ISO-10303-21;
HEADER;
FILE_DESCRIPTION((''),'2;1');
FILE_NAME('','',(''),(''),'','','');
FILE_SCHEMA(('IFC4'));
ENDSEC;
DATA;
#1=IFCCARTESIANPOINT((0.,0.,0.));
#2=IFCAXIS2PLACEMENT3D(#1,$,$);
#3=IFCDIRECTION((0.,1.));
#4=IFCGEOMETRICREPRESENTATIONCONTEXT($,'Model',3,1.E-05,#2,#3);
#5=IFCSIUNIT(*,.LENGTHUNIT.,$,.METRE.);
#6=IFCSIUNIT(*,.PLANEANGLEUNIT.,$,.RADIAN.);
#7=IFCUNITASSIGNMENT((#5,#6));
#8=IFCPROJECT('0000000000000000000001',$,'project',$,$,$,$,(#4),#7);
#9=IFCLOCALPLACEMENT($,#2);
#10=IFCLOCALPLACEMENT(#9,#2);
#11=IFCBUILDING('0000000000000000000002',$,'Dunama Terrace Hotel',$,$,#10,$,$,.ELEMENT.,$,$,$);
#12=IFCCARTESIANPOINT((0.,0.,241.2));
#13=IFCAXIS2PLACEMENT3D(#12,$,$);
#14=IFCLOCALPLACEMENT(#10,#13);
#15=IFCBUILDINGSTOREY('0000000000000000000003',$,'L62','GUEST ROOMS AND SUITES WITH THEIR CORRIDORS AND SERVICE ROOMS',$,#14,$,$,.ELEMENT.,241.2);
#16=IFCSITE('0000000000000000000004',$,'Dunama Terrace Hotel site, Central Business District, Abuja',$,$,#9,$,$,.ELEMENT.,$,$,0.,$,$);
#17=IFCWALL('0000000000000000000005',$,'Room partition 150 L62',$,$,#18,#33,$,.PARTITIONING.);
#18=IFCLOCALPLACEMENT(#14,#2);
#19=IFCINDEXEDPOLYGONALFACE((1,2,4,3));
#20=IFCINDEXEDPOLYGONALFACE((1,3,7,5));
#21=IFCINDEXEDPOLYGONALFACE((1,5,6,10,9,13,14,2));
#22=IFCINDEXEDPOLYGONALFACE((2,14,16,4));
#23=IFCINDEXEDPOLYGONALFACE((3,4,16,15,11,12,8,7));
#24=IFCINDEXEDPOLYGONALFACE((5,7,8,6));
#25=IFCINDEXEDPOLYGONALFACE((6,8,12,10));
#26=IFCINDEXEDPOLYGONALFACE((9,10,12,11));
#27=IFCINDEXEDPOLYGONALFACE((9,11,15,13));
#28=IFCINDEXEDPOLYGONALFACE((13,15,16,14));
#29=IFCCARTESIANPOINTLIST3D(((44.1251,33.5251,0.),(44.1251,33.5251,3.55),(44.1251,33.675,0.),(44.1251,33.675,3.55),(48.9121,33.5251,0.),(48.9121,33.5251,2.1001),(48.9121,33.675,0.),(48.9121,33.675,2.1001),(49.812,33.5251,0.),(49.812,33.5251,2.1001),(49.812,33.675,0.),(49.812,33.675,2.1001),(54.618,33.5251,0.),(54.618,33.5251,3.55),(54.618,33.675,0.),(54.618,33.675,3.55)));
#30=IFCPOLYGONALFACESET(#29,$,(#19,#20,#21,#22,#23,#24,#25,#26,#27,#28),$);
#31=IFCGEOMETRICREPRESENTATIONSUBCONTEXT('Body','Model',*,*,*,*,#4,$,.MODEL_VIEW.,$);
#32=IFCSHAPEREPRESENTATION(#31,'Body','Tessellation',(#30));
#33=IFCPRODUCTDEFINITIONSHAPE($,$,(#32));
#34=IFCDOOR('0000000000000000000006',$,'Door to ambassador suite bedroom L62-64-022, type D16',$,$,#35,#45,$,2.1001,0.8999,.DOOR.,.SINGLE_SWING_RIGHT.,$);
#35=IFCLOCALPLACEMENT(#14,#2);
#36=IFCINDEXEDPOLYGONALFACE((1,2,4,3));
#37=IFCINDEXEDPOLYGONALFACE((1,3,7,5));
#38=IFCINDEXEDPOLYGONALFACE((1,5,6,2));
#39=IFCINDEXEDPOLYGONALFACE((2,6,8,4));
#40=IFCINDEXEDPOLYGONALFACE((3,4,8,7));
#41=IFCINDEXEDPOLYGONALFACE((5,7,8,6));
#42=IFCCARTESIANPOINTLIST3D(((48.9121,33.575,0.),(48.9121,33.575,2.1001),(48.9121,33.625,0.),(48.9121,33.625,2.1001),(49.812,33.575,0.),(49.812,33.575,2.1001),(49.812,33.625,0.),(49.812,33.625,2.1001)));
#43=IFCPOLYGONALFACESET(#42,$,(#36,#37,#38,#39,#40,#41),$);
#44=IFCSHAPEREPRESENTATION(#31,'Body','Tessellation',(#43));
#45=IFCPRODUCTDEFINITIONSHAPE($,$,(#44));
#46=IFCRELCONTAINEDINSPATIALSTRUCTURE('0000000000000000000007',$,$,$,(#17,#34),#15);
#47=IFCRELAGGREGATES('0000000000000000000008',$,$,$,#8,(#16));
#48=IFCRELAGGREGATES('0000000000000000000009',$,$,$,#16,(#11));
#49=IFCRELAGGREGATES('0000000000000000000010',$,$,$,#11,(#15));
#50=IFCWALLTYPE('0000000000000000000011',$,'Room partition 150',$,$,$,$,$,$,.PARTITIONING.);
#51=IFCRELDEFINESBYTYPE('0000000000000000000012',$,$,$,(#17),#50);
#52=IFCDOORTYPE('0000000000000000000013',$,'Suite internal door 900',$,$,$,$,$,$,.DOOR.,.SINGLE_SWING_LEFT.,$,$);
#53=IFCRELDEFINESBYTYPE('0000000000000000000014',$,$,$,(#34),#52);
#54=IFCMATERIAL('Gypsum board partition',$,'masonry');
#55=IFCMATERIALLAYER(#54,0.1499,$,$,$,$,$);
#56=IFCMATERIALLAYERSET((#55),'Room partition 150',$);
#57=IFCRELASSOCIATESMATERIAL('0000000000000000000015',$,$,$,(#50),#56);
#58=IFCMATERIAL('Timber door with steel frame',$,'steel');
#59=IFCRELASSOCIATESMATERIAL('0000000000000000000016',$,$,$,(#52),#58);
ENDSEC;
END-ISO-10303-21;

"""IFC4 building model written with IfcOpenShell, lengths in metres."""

from ifc_helpers import new_model, si_unit, direction, frame, frame_2d, origin, place, context, subcontext, project, spatial, rectangle, extrude, material, layer, layer_set, type_object, element, fill, save


model = new_model("IFC4")

# Units and contexts
model_context = context("Model", 3, precision=1e-05, world=origin(), true_north=direction((0.0, 1.0)))
body_context = subcontext(model_context, "Body", "Model", "MODEL_VIEW")
ifc_project = project(units=[si_unit("LENGTHUNIT", "METRE"), si_unit("PLANEANGLEUNIT", "RADIAN")], contexts=[model_context])

# Site, building, storey
site_placement = place(None, origin())
site = spatial("IfcSite", under=ifc_project, at=site_placement, Name="Dunama Terrace Hotel site, Central Business District, Abuja", CompositionType="ELEMENT", RefElevation=0.0)
building_placement = place(site_placement, origin())
building = spatial("IfcBuilding", under=site, at=building_placement, Name="Dunama Terrace Hotel", CompositionType="ELEMENT")
storey_placement = place(building_placement, frame((0.0, 0.0, 241.2)))
storey = spatial("IfcBuildingStorey", under=building, at=storey_placement, Name="L62", Description="GUEST ROOMS AND SUITES WITH THEIR CORRIDORS AND SERVICE ROOMS", CompositionType="ELEMENT", Elevation=241.2)

# Shared definitions
ifc_material_1 = material(Name="Gypsum board partition", Category="masonry")
ifc_layer_1 = layer(ifc_material_1, 0.1499)
ifc_layer_set_1 = layer_set([ifc_layer_1], Name="Room partition 150")
wall_type_1 = type_object("IfcWallType", Name="Room partition 150", PredefinedType="PARTITIONING", material=ifc_layer_set_1)

# Wall, opening, door
wall_1_placement = place(storey_placement, frame((44.125, 33.6001, 0.0), z_axis=(0.0, 0.0, 1.0), x_axis=(1.0, 0.0, 0.0)))
wall_1 = element("IfcWall", 1, at=wall_1_placement, inside=storey, type_object=wall_type_1, Name="Room partition 150 L62", PredefinedType="PARTITIONING", context=body_context, shape_type="SweptSolid", body=[
    extrude(rectangle(XDim=10.4929, YDim=0.1499, at=frame_2d((5.2466, 0.0))), origin(), (0.0, 0.0, 1.0), 3.55),
])
opening_1_placement = place(wall_1_placement, frame((4.7871, 0.0, 0.0)))
opening_1 = element("IfcOpeningElement", 2, at=opening_1_placement, cuts=wall_1, PredefinedType="OPENING", context=body_context, shape_type="SweptSolid", body=[
    extrude(rectangle(XDim=0.8999, YDim=2.1001, at=frame_2d((0.45, 1.05))), frame((0.0, 0.085, 0.0), z_axis=(0.0, -1.0, 0.0), x_axis=(1.0, 0.0, 0.0)), (0.0, 0.0, 1.0), 0.1699),
])
ifc_material_2 = material(Name="Timber door with steel frame", Category="steel")
door_type_1 = type_object("IfcDoorType", Name="Suite internal door 900", OperationType="SINGLE_SWING_LEFT", PredefinedType="DOOR", material=ifc_material_2)
door_1_placement = place(opening_1_placement, frame((0.8999, 0.0, 0.0), z_axis=(0.0, 0.0, 1.0), x_axis=(-1.0, 0.0, 0.0)))
door_1 = element("IfcDoor", 3, at=door_1_placement, inside=storey, type_object=door_type_1, Name="Door to ambassador suite bedroom L62-64-022, type D16", OperationType="SINGLE_SWING_RIGHT", OverallHeight=2.1001, OverallWidth=0.8999, PredefinedType="DOOR", context=body_context, shape_type="SweptSolid", body=[
    extrude(rectangle(XDim=0.8999, YDim=2.1001, at=frame_2d((0.45, 1.05))), frame((0.0, 0.0251, 0.0), z_axis=(0.0, -1.0, 0.0), x_axis=(1.0, 0.0, 0.0)), (0.0, 0.0, 1.0), 0.05),
])
fill(opening_1, door_1)

save(model, "model.ifc")
